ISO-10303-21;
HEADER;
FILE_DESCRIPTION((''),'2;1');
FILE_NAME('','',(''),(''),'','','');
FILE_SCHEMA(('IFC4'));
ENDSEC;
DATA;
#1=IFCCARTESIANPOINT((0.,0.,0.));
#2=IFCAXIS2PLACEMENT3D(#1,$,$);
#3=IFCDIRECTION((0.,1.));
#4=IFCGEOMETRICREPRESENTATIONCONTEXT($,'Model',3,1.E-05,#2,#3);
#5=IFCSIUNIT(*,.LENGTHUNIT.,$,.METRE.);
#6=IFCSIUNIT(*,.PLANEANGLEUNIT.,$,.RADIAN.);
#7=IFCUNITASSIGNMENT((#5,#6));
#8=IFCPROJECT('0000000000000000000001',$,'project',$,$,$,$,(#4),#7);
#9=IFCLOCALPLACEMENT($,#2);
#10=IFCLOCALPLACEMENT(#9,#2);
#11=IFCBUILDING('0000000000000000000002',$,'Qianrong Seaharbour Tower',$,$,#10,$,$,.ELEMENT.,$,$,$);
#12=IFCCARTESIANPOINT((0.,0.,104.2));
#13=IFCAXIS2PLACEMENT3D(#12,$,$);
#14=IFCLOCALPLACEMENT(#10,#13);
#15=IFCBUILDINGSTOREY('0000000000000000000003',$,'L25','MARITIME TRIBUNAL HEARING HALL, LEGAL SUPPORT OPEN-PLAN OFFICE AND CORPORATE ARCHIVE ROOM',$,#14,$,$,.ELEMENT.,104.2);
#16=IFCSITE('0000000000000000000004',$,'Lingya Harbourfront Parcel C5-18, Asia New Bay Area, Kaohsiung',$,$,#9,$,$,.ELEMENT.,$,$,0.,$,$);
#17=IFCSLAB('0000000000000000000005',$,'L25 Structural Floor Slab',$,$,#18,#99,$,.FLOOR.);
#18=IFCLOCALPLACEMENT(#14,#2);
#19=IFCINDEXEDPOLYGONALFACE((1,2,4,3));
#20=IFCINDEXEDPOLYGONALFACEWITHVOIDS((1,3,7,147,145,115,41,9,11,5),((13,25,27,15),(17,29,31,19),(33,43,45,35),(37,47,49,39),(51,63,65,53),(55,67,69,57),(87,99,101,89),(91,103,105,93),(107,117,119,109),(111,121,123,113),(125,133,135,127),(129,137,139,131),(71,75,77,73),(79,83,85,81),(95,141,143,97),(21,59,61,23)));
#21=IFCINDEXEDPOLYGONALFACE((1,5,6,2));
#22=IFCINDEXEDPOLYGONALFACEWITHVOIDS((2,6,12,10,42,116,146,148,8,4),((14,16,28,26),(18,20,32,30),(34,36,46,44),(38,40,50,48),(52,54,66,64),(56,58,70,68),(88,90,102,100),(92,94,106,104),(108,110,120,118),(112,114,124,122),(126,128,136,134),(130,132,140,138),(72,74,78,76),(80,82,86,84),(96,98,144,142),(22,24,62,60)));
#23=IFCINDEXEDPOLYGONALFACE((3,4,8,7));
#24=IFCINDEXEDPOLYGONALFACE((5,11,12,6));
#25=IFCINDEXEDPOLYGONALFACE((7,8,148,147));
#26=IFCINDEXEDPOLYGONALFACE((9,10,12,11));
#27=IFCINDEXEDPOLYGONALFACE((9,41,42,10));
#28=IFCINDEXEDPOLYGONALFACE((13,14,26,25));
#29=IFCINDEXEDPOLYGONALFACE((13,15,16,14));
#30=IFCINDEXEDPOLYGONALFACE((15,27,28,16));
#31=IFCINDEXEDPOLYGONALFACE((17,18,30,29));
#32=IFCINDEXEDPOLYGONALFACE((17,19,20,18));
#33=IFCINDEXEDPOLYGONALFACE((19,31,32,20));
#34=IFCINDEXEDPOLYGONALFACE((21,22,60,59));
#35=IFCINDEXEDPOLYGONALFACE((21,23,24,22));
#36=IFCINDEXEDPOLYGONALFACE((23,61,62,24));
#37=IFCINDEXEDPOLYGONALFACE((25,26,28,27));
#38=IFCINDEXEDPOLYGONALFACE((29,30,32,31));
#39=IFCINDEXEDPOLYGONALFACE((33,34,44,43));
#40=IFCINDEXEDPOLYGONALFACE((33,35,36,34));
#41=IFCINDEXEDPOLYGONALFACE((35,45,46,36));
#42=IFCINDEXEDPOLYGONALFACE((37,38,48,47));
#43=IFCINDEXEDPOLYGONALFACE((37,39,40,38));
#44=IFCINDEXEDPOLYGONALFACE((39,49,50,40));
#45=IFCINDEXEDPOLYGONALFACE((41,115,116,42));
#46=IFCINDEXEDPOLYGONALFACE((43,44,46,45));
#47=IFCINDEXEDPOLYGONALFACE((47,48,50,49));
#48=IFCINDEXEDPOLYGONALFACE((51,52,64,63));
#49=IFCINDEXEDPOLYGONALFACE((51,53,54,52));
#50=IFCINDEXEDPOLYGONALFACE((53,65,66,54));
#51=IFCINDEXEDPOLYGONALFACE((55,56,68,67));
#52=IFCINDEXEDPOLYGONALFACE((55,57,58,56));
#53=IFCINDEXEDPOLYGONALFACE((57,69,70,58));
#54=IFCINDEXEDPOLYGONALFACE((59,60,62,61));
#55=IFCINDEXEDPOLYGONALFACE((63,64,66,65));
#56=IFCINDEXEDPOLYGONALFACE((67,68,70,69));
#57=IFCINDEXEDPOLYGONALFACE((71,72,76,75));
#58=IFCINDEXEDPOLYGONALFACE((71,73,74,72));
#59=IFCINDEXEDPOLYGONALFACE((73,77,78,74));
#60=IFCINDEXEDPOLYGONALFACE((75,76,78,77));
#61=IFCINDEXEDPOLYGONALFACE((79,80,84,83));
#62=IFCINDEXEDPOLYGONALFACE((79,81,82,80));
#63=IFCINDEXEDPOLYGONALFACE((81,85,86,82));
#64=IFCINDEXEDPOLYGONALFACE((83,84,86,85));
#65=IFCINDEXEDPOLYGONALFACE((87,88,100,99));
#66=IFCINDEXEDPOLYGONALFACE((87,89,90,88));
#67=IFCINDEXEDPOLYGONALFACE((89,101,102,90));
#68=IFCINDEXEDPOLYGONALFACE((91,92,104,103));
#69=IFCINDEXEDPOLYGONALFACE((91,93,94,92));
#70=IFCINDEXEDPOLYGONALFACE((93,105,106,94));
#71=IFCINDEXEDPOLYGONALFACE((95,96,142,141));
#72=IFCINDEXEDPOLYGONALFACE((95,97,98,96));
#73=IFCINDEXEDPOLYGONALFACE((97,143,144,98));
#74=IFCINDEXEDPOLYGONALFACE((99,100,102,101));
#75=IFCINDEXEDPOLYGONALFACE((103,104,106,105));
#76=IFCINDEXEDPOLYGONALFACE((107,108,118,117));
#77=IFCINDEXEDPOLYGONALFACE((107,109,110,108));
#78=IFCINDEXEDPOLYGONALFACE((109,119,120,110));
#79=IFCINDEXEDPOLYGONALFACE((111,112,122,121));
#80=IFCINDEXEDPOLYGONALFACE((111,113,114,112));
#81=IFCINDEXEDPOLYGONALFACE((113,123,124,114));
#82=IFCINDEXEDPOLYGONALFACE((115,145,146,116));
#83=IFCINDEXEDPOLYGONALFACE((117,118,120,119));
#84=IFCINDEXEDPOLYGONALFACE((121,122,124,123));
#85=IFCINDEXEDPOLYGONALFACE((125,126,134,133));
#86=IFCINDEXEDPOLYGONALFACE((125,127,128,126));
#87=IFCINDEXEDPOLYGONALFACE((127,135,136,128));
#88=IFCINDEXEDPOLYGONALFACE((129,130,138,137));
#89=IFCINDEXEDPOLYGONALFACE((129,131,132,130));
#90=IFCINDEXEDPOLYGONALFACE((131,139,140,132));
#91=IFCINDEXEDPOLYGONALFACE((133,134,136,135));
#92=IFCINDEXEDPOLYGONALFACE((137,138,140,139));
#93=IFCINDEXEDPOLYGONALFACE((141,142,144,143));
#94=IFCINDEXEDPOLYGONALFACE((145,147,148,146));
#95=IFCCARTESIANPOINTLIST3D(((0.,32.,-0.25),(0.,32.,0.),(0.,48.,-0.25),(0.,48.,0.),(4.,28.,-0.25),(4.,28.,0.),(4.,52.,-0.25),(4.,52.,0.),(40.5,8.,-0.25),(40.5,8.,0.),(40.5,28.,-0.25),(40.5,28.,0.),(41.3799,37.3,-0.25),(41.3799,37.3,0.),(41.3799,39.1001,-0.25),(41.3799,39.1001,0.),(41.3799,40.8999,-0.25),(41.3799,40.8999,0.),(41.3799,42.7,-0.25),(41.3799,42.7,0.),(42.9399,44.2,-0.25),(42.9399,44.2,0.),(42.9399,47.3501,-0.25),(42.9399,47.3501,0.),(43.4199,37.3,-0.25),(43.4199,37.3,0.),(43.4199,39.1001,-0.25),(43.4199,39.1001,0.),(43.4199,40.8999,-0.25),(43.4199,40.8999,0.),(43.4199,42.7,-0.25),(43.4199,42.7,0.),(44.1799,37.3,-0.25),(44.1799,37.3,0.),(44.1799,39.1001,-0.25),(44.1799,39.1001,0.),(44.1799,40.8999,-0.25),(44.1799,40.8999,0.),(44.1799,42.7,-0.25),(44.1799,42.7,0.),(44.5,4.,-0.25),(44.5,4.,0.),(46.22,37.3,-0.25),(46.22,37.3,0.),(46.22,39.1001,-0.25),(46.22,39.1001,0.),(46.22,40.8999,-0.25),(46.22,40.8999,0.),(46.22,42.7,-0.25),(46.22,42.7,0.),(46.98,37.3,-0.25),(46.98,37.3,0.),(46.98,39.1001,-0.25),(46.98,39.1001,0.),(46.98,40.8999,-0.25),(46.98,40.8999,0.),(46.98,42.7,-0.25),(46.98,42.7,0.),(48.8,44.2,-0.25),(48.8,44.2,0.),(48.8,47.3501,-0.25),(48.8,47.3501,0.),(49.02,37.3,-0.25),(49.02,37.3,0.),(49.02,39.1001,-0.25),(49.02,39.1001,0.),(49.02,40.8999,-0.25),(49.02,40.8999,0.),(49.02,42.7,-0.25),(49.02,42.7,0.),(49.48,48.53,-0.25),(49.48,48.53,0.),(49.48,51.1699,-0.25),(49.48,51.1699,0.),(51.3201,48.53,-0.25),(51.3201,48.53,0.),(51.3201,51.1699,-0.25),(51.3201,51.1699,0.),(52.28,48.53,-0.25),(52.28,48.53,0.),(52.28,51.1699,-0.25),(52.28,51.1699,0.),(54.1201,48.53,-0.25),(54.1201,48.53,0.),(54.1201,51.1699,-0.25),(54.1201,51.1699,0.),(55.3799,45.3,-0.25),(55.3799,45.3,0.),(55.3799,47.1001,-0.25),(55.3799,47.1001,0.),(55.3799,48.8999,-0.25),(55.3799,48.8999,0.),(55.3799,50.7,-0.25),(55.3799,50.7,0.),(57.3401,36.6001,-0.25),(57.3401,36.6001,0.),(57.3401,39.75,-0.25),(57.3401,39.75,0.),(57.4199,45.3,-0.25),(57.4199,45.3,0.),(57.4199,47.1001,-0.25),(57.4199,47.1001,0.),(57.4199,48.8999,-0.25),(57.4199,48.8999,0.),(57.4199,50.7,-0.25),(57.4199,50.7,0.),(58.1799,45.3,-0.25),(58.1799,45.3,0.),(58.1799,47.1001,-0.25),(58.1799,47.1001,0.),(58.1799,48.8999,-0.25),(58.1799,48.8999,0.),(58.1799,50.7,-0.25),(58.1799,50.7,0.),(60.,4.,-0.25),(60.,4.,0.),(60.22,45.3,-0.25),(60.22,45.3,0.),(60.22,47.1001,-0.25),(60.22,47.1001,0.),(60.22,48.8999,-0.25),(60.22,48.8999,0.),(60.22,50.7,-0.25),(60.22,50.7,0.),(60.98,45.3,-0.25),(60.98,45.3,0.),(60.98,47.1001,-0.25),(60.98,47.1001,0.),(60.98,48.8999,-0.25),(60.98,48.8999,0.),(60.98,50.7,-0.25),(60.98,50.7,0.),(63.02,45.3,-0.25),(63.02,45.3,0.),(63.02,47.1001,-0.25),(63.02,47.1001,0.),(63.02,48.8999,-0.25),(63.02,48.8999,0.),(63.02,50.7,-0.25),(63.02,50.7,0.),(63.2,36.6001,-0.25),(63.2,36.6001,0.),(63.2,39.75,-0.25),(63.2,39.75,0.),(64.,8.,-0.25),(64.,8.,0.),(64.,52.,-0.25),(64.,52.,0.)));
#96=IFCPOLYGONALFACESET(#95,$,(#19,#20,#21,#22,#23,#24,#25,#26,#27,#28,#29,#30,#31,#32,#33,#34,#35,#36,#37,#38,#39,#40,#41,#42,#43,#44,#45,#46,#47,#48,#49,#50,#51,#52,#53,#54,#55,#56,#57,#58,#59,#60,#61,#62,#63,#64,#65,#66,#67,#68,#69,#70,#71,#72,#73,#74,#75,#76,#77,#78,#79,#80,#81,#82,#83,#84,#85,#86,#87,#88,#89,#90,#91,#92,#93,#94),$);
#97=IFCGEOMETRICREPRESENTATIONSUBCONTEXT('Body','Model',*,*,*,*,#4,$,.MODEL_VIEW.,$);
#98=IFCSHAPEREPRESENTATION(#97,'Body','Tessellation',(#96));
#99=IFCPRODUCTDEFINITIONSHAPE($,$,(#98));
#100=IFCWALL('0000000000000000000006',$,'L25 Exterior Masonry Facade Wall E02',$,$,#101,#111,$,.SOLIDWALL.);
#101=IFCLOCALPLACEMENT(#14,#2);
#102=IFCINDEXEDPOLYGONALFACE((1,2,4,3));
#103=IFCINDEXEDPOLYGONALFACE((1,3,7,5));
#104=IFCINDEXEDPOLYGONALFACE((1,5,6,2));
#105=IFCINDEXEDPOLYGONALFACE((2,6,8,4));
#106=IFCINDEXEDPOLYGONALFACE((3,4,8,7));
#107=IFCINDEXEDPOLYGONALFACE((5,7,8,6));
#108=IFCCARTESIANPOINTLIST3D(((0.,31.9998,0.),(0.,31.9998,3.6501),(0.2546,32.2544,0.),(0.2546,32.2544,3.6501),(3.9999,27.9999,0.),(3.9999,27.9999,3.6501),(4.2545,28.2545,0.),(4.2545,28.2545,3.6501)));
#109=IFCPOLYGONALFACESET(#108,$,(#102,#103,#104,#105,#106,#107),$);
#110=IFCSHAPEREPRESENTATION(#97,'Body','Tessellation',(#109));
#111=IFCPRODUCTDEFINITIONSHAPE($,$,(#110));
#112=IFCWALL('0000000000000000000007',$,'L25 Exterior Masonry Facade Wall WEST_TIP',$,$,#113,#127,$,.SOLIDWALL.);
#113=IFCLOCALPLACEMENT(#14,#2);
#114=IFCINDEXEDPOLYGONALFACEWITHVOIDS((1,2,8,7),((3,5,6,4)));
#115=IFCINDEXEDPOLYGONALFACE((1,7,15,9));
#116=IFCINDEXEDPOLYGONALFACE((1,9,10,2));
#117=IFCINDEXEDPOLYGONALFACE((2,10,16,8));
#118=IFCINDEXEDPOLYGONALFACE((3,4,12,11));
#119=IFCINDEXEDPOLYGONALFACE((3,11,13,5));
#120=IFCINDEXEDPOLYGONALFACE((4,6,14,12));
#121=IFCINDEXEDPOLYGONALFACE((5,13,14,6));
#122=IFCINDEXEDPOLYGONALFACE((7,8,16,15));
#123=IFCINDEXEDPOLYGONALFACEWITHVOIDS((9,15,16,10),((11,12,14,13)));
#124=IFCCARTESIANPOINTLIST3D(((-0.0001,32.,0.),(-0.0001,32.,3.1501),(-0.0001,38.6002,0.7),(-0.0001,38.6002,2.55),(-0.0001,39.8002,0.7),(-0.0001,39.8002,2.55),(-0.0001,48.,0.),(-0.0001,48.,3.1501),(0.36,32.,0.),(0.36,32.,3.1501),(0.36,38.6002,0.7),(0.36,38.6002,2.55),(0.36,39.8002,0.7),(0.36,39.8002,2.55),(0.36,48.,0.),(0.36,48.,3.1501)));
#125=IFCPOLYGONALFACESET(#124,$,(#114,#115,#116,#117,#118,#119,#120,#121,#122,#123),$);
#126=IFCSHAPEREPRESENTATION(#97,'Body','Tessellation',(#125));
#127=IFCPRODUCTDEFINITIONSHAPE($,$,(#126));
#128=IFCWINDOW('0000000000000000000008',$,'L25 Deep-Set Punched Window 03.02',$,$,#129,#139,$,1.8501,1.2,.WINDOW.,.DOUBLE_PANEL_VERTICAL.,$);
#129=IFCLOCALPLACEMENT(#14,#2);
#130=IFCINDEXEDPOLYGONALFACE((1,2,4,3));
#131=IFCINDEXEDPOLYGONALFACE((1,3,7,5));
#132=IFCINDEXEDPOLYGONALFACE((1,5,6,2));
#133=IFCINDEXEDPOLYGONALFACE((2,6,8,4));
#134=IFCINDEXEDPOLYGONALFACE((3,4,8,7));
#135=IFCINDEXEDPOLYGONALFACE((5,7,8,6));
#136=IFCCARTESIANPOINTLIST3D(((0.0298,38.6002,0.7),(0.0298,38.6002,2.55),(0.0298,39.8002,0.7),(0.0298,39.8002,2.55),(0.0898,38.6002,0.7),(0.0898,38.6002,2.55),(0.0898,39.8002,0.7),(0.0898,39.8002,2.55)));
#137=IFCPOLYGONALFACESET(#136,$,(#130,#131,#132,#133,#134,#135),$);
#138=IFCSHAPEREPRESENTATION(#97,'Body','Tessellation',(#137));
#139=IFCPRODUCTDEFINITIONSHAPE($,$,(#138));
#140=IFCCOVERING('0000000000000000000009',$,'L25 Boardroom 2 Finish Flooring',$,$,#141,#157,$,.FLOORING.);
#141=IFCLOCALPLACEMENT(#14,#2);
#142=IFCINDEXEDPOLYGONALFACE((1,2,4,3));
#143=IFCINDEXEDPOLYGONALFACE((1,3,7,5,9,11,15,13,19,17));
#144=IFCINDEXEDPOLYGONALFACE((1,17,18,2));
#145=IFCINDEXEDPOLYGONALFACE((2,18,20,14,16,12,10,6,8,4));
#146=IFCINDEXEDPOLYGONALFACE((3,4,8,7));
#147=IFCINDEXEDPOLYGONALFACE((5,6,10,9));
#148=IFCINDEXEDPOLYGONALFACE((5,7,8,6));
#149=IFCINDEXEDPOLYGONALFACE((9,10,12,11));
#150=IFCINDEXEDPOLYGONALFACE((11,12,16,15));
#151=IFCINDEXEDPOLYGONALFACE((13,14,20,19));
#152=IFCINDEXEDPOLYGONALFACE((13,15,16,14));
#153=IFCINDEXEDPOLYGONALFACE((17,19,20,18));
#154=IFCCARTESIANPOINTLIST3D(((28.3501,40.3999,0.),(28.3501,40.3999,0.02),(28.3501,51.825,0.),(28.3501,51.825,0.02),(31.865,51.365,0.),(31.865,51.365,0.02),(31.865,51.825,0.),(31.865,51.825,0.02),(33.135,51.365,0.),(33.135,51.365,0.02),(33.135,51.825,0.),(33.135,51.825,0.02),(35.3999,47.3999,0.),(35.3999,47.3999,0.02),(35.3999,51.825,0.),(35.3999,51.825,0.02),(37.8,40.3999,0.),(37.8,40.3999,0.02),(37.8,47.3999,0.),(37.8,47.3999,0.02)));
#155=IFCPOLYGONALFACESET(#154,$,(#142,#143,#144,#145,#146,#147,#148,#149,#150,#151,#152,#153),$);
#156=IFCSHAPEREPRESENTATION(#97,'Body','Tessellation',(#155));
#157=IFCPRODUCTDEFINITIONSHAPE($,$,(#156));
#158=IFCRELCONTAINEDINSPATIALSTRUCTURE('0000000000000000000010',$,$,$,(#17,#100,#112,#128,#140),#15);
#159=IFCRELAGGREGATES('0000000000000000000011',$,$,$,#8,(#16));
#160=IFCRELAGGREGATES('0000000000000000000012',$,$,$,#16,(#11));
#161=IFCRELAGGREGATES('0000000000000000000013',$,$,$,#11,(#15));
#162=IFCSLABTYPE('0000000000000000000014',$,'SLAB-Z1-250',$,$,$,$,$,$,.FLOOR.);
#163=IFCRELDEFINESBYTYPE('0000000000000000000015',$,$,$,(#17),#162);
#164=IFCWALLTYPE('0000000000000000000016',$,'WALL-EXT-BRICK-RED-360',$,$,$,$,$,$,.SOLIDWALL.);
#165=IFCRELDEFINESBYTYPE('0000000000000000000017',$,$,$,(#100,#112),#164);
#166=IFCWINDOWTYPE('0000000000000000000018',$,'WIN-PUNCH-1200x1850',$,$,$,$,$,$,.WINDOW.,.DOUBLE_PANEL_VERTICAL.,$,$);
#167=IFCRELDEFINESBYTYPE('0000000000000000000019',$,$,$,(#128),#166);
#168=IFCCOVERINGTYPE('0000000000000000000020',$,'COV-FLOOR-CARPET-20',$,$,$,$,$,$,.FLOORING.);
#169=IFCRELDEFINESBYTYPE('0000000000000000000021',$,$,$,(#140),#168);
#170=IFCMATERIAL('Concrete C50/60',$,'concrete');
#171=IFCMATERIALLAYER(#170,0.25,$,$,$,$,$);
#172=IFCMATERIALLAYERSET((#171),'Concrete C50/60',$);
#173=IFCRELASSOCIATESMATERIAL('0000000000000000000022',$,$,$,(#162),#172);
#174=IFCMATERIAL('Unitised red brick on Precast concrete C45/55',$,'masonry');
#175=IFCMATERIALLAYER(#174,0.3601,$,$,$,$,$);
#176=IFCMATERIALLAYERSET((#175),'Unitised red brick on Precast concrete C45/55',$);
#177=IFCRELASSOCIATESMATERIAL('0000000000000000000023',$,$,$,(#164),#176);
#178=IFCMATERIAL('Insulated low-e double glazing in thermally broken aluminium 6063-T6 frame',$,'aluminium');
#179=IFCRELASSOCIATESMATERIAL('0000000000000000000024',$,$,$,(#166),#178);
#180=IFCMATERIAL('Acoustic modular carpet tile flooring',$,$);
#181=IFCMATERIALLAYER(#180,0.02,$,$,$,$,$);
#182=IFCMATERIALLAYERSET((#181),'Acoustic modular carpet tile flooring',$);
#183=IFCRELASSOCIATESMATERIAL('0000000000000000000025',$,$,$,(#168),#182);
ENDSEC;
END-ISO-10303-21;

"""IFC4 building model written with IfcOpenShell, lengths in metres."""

from ifc_helpers import new_model, si_unit, direction, frame, frame_2d, origin, place, context, subcontext, project, spatial, polyline, rectangle, outline, extrude, material, layer, layer_set, type_object, element, fill, save


model = new_model("IFC4")

# Units and contexts
model_context = context("Model", 3, precision=1e-05, world=origin(), true_north=direction((0.0, 1.0)))
body_context = subcontext(model_context, "Body", "Model", "MODEL_VIEW")
ifc_project = project(units=[si_unit("LENGTHUNIT", "METRE"), si_unit("PLANEANGLEUNIT", "RADIAN")], contexts=[model_context])

# Site, building, storey
site_placement = place(None, origin())
site = spatial("IfcSite", under=ifc_project, at=site_placement, Name="Lingya Harbourfront Parcel C5-18, Asia New Bay Area, Kaohsiung", CompositionType="ELEMENT", RefElevation=0.0)
building_placement = place(site_placement, origin())
building = spatial("IfcBuilding", under=site, at=building_placement, Name="Qianrong Seaharbour Tower", CompositionType="ELEMENT")
storey_placement = place(building_placement, frame((0.0, 0.0, 104.2)))
storey = spatial("IfcBuildingStorey", under=building, at=storey_placement, Name="L25", Description="MARITIME TRIBUNAL HEARING HALL, LEGAL SUPPORT OPEN-PLAN OFFICE AND CORPORATE ARCHIVE ROOM", CompositionType="ELEMENT", Elevation=104.2)

# Shared definitions
ifc_material_1 = material(Name="Concrete C50/60", Category="concrete")

# Slab
ifc_layer_1 = layer(ifc_material_1, 0.25)
ifc_layer_set_1 = layer_set([ifc_layer_1], Name="Concrete C50/60")
slab_type_1 = type_object("IfcSlabType", Name="SLAB-Z1-250", PredefinedType="FLOOR", material=ifc_layer_set_1)
slab_1_placement = place(storey_placement, frame((0.0, 0.0, -0.25)))
element("IfcSlab", 1, at=slab_1_placement, inside=storey, type_object=slab_type_1, Name="L25 Structural Floor Slab", PredefinedType="FLOOR", context=body_context, shape_type="SweptSolid", body=[
    extrude(outline(polyline([(44.5, 4.0), (60.0, 4.0), (64.0, 8.0), (64.0, 52.0), (4.0, 52.0), (0.0, 48.0), (0.0, 32.0), (4.0, 28.0), (40.5, 28.0), (40.5, 8.0), (44.5, 4.0)]), holes=[polyline([(42.9399, 44.2), (42.9399, 47.3501), (48.8, 47.3501), (48.8, 44.2), (42.9399, 44.2)]), polyline([(57.3401, 36.6001), (57.3401, 39.75), (63.2, 39.75), (63.2, 36.6001), (57.3401, 36.6001)]), polyline([(49.48, 48.53), (49.48, 51.1699), (51.3201, 51.1699), (51.3201, 48.53), (49.48, 48.53)]), polyline([(52.28, 48.53), (52.28, 51.1699), (54.1201, 51.1699), (54.1201, 48.53), (52.28, 48.53)]), polyline([(41.3799, 37.3), (41.3799, 39.1001), (43.4199, 39.1001), (43.4199, 37.3), (41.3799, 37.3)]), polyline([(44.1799, 37.3), (44.1799, 39.1001), (46.22, 39.1001), (46.22, 37.3), (44.1799, 37.3)]), polyline([(46.98, 37.3), (46.98, 39.1001), (49.02, 39.1001), (49.02, 37.3), (46.98, 37.3)]), polyline([(41.3799, 40.8999), (41.3799, 42.7), (43.4199, 42.7), (43.4199, 40.8999), (41.3799, 40.8999)]), polyline([(44.1799, 40.8999), (44.1799, 42.7), (46.22, 42.7), (46.22, 40.8999), (44.1799, 40.8999)]), polyline([(46.98, 40.8999), (46.98, 42.7), (49.02, 42.7), (49.02, 40.8999), (46.98, 40.8999)]), polyline([(55.3799, 45.3), (55.3799, 47.1001), (57.4199, 47.1001), (57.4199, 45.3), (55.3799, 45.3)]), polyline([(58.1799, 45.3), (58.1799, 47.1001), (60.22, 47.1001), (60.22, 45.3), (58.1799, 45.3)]), polyline([(60.98, 45.3), (60.98, 47.1001), (63.02, 47.1001), (63.02, 45.3), (60.98, 45.3)]), polyline([(55.3799, 48.8999), (55.3799, 50.7), (57.4199, 50.7), (57.4199, 48.8999), (55.3799, 48.8999)]), polyline([(58.1799, 48.8999), (58.1799, 50.7), (60.22, 50.7), (60.22, 48.8999), (58.1799, 48.8999)]), polyline([(60.98, 48.8999), (60.98, 50.7), (63.02, 50.7), (63.02, 48.8999), (60.98, 48.8999)])]), origin(), (0.0, 0.0, 1.0), 0.25),
])

# Wall
ifc_material_2 = material(Name="Unitised red brick on Precast concrete C45/55", Category="masonry")
ifc_layer_2 = layer(ifc_material_2, 0.3601)
ifc_layer_set_2 = layer_set([ifc_layer_2], Name="Unitised red brick on Precast concrete C45/55")
wall_type = type_object("IfcWallType", Name="WALL-EXT-BRICK-RED-360", PredefinedType="SOLIDWALL", material=ifc_layer_set_2)
wall_1_placement = place(storey_placement, frame((4.1272, 28.1272, 0.0), z_axis=(0.0, 0.0, 1.0), x_axis=(-0.707107, 0.707107, 0.0)))
element("IfcWall", 2, at=wall_1_placement, inside=storey, type_object=wall_type, Name="L25 Exterior Masonry Facade Wall E02", PredefinedType="SOLIDWALL", context=body_context, shape_type="SweptSolid", body=[
    extrude(rectangle(XDim=5.6567, YDim=0.3601, at=frame_2d((2.8284, 0.0))), origin(), (0.0, 0.0, 1.0), 3.6501),
])

# Wall, opening, window
wall_2_placement = place(storey_placement, frame((0.1799, 32.0, 0.0), z_axis=(0.0, 0.0, 1.0), x_axis=(0.0, 1.0, 0.0)))
wall_2 = element("IfcWall", 3, at=wall_2_placement, inside=storey, type_object=wall_type, Name="L25 Exterior Masonry Facade Wall WEST_TIP", PredefinedType="SOLIDWALL", context=body_context, shape_type="SweptSolid", body=[
    extrude(rectangle(XDim=16.0, YDim=0.3601, at=frame_2d((8.0, 0.0))), origin(), (0.0, 0.0, 1.0), 3.1501),
])
opening_placement = place(wall_2_placement, frame((6.6001, 0.0, 0.7)))
opening = element("IfcOpeningElement", 4, at=opening_placement, cuts=wall_2, PredefinedType="OPENING", context=body_context, shape_type="SweptSolid", body=[
    extrude(rectangle(XDim=1.2, YDim=1.8501, at=frame_2d((0.6001, 0.925))), frame((0.0, 0.1899, 0.0), z_axis=(0.0, -1.0, 0.0), x_axis=(1.0, 0.0, 0.0)), (0.0, 0.0, 1.0), 0.3801),
])
ifc_material_3 = material(Name="Insulated low-e double glazing in thermally broken aluminium 6063-T6 frame", Category="aluminium")
window_type = type_object("IfcWindowType", Name="WIN-PUNCH-1200x1850", PartitioningType="DOUBLE_PANEL_VERTICAL", PredefinedType="WINDOW", material=ifc_material_3)
window_placement = place(opening_placement, origin())
window = element("IfcWindow", 5, at=window_placement, inside=storey, type_object=window_type, Name="L25 Deep-Set Punched Window 03.02", OverallHeight=1.8501, OverallWidth=1.2, PartitioningType="DOUBLE_PANEL_VERTICAL", PredefinedType="WINDOW", context=body_context, shape_type="SweptSolid", body=[
    extrude(rectangle(XDim=1.2, YDim=1.8501, at=frame_2d((0.6001, 0.925))), frame((0.0, 0.1501, 0.0), z_axis=(0.0, -1.0, 0.0), x_axis=(1.0, 0.0, 0.0)), (0.0, 0.0, 1.0), 0.0601),
])
fill(opening, window)

# Covering
ifc_material_4 = material(Name="Acoustic modular carpet tile flooring")
ifc_layer_3 = layer(ifc_material_4, 0.02)
ifc_layer_set_3 = layer_set([ifc_layer_3], Name="Acoustic modular carpet tile flooring")
covering_type_1 = type_object("IfcCoveringType", Name="COV-FLOOR-CARPET-20", PredefinedType="FLOORING", material=ifc_layer_set_3)
covering_1_placement = place(storey_placement, origin())
element("IfcCovering", 6, at=covering_1_placement, inside=storey, type_object=covering_type_1, Name="L25 Boardroom 2 Finish Flooring", PredefinedType="FLOORING", context=body_context, shape_type="SweptSolid", body=[
    extrude(outline(polyline([(28.3501, 51.825), (31.865, 51.825), (31.865, 51.365), (33.135, 51.365), (33.135, 51.825), (35.3999, 51.825), (35.3999, 47.3999), (37.8, 47.3999), (37.8, 40.3999), (28.3501, 40.3999), (28.3501, 51.825)])), origin(), (0.0, 0.0, 1.0), 0.02),
])

save(model, "model.ifc")
